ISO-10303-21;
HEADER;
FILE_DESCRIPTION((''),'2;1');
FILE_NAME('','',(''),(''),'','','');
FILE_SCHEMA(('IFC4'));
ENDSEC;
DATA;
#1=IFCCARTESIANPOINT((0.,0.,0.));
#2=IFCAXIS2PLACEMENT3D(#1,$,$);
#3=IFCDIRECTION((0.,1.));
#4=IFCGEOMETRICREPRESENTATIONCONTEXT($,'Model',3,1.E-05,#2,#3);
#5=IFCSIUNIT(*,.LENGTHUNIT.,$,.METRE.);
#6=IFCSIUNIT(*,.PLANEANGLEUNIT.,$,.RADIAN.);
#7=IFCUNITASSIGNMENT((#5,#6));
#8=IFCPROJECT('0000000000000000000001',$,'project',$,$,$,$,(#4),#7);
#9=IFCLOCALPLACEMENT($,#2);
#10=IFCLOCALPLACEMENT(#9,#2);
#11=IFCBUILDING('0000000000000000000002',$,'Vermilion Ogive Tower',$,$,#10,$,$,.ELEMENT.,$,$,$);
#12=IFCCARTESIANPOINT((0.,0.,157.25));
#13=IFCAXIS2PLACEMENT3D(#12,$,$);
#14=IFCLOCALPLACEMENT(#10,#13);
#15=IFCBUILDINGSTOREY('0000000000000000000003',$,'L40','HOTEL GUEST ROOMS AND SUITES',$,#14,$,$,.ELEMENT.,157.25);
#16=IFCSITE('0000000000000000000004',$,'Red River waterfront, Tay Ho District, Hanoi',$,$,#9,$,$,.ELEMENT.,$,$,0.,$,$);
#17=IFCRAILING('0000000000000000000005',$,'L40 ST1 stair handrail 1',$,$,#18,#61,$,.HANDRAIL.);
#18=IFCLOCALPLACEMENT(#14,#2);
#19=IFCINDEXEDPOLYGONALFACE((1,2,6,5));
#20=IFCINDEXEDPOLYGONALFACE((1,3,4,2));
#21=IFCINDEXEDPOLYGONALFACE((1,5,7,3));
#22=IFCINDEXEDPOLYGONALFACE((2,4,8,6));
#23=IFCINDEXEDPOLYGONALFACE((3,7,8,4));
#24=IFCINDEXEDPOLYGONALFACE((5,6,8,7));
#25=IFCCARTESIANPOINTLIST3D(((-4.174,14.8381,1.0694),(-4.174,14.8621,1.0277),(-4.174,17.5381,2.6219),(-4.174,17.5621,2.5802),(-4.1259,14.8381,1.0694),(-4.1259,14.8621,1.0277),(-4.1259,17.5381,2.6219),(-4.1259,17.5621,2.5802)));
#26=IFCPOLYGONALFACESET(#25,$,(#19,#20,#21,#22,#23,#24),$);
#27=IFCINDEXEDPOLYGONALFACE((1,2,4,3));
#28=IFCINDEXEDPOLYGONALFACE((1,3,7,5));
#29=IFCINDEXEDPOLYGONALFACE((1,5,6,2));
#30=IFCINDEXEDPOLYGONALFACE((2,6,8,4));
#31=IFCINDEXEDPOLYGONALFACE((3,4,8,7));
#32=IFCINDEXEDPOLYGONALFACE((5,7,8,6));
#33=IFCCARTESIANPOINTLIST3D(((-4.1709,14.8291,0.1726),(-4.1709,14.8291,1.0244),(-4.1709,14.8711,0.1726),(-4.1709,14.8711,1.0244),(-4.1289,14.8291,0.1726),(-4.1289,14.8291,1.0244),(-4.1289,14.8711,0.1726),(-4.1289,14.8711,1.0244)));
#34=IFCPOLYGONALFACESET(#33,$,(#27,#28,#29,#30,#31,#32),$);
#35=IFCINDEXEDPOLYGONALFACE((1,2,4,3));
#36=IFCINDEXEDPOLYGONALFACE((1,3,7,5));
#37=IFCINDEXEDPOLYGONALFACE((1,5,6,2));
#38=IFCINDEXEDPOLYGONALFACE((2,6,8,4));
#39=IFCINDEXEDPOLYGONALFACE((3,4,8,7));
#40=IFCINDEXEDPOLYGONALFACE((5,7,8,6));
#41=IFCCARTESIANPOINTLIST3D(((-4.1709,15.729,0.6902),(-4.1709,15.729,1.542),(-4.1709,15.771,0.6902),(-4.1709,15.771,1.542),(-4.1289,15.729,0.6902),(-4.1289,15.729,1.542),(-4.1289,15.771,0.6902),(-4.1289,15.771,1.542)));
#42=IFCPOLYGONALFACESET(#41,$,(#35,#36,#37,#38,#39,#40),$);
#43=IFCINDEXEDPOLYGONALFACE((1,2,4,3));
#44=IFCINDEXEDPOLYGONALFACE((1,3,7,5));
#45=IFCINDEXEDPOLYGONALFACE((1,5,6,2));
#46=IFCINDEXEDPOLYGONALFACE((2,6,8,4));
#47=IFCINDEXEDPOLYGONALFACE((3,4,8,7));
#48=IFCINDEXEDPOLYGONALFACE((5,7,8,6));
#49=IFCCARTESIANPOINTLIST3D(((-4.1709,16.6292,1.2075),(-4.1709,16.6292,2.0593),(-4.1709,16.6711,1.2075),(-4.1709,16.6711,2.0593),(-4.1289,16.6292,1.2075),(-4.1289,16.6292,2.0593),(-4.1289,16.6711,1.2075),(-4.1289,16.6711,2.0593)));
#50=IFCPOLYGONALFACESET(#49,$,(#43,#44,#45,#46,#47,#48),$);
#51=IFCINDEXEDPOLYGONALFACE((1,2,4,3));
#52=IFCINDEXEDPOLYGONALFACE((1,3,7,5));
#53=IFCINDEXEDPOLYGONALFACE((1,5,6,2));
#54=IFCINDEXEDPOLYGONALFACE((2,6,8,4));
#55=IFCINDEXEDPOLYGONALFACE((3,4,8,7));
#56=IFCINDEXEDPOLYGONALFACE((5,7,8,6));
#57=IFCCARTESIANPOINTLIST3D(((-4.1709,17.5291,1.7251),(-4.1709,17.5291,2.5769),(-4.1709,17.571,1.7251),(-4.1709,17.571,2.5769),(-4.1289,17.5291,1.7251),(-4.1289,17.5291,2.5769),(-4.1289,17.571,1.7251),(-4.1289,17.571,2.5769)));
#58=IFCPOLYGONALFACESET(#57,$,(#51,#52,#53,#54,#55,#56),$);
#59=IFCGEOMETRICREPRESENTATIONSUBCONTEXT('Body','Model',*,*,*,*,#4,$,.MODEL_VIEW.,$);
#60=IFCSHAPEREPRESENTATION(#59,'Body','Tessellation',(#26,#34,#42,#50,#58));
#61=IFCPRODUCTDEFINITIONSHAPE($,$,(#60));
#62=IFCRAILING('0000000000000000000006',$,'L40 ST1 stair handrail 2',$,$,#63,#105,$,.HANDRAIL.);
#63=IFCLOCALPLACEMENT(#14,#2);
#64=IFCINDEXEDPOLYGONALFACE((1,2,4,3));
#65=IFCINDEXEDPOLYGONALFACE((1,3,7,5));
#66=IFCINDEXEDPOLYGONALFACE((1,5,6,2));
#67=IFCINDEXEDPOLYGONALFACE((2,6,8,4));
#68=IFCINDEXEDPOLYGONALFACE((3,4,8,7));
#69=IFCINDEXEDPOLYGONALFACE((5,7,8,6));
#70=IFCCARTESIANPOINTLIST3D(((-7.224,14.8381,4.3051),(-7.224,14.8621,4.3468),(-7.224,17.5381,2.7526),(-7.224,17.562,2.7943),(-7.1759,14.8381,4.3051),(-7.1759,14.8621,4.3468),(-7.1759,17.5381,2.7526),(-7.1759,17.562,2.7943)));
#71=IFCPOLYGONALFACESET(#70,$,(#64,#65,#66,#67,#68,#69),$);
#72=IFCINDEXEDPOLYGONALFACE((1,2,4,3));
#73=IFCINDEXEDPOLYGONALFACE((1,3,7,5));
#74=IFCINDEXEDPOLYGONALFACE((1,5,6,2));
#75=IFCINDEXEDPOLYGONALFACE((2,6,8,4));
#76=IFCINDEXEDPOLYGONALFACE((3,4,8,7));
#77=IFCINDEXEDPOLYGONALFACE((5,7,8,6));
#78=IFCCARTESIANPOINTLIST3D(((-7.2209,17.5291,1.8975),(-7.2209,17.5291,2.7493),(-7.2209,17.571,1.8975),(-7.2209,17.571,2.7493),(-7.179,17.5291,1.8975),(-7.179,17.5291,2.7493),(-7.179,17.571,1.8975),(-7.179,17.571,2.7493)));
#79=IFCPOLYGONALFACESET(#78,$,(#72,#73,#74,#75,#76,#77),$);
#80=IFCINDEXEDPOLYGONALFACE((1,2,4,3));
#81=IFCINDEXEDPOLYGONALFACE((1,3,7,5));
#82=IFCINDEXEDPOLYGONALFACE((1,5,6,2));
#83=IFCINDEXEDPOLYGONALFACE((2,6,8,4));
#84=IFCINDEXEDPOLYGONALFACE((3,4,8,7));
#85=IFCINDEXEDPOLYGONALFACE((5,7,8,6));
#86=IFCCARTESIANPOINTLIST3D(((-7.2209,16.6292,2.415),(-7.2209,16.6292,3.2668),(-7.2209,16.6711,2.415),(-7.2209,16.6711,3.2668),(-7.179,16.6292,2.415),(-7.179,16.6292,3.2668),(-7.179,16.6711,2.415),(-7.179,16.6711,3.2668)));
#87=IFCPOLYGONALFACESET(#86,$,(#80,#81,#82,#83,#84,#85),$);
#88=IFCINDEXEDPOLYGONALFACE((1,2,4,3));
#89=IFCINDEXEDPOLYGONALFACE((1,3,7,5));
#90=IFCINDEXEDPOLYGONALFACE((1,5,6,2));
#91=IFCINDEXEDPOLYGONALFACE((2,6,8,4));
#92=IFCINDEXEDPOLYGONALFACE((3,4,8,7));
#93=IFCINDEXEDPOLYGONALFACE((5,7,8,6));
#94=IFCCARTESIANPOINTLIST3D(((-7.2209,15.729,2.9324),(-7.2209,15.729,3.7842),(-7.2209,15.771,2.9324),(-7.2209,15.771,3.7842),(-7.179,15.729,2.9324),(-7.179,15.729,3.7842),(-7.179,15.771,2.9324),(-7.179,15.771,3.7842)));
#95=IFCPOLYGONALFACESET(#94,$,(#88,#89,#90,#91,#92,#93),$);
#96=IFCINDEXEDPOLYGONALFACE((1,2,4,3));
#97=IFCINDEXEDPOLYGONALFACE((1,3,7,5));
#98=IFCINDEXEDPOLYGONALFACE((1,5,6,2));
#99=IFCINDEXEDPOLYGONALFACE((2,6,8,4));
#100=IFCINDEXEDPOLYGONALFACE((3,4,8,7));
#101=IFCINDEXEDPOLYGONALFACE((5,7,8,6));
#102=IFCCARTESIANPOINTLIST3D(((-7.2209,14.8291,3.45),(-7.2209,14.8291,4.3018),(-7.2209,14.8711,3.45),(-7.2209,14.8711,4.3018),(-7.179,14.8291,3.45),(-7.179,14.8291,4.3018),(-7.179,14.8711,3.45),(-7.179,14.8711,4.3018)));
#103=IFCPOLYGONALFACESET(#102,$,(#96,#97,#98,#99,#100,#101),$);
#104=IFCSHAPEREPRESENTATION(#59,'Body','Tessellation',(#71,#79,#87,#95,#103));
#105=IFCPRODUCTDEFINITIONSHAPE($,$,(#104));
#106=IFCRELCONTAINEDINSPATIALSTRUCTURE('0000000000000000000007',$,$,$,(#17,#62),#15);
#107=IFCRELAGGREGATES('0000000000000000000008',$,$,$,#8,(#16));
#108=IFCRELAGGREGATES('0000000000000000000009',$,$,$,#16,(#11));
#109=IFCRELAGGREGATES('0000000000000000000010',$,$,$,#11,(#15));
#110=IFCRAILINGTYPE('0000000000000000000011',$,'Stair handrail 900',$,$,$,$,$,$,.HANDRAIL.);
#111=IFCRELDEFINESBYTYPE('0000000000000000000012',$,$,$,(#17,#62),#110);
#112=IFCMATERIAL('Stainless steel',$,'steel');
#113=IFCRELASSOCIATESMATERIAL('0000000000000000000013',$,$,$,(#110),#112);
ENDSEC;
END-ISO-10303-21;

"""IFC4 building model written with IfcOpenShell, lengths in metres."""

from ifc_helpers import new_model, si_unit, direction, frame, origin, origin_2d, place, context, subcontext, project, spatial, rectangle, extrude, material, type_object, element, save


model = new_model("IFC4")

# Units and contexts
model_context = context("Model", 3, precision=1e-05, world=origin(), true_north=direction((0.0, 1.0)))
body_context = subcontext(model_context, "Body", "Model", "MODEL_VIEW")
ifc_project = project(units=[si_unit("LENGTHUNIT", "METRE"), si_unit("PLANEANGLEUNIT", "RADIAN")], contexts=[model_context])

# Site, building, storey
site_placement = place(None, origin())
site = spatial("IfcSite", under=ifc_project, at=site_placement, Name="Red River waterfront, Tay Ho District, Hanoi", CompositionType="ELEMENT", RefElevation=0.0)
building_placement = place(site_placement, origin())
building = spatial("IfcBuilding", under=site, at=building_placement, Name="Vermilion Ogive Tower", CompositionType="ELEMENT")
storey_placement = place(building_placement, frame((0.0, 0.0, 157.25)))
storey = spatial("IfcBuildingStorey", under=building, at=storey_placement, Name="L40", Description="HOTEL GUEST ROOMS AND SUITES", CompositionType="ELEMENT", Elevation=157.25)

# Railings
ifc_material_1 = material(Name="Stainless steel", Category="steel")
railing_type_1 = type_object("IfcRailingType", Name="Stair handrail 900", PredefinedType="HANDRAIL", material=ifc_material_1)
railing_1_placement = place(storey_placement, frame((-4.1499, 14.8501, 0.1726)))
element("IfcRailing", 1, at=railing_1_placement, inside=storey, type_object=railing_type_1, Name="L40 ST1 stair handrail 1", PredefinedType="HANDRAIL", context=body_context, shape_type="SweptSolid", body=[
    extrude(rectangle(XDim=0.0481, YDim=0.0481, at=origin_2d()), frame((0.0, 0.0, 0.876), z_axis=(0.0, 0.866904, 0.498476), x_axis=(-1.0, 0.0, 0.0)), (0.0, 0.0, 1.0), 3.1145),
    extrude(rectangle(XDim=0.042, YDim=0.042, at=origin_2d()), origin(), (0.0, 0.0, 1.0), 0.8518),
    extrude(rectangle(XDim=0.042, YDim=0.042, at=origin_2d()), frame((0.0, 0.8999, 0.5176)), (0.0, 0.0, 1.0), 0.8518),
    extrude(rectangle(XDim=0.042, YDim=0.042, at=origin_2d()), frame((0.0, 1.8, 1.0349)), (0.0, 0.0, 1.0), 0.8518),
    extrude(rectangle(XDim=0.042, YDim=0.042, at=origin_2d()), frame((0.0, 2.7, 1.5525)), (0.0, 0.0, 1.0), 0.8518),
])
railing_2_placement = place(storey_placement, frame((-7.2, 17.55, 1.8975)))
element("IfcRailing", 2, at=railing_2_placement, inside=storey, type_object=railing_type_1, Name="L40 ST1 stair handrail 2", PredefinedType="HANDRAIL", context=body_context, shape_type="SweptSolid", body=[
    extrude(rectangle(XDim=0.0481, YDim=0.0481, at=origin_2d()), frame((0.0, 0.0, 0.876), z_axis=(0.0, -0.866904, 0.498476), x_axis=(1.0, 0.0, 0.0)), (0.0, 0.0, 1.0), 3.1145),
    extrude(rectangle(XDim=0.042, YDim=0.042, at=origin_2d()), origin(), (0.0, 0.0, 1.0), 0.8518),
    extrude(rectangle(XDim=0.042, YDim=0.042, at=origin_2d()), frame((0.0, -0.8999, 0.5176)), (0.0, 0.0, 1.0), 0.8518),
    extrude(rectangle(XDim=0.042, YDim=0.042, at=origin_2d()), frame((0.0, -1.8, 1.0349)), (0.0, 0.0, 1.0), 0.8518),
    extrude(rectangle(XDim=0.042, YDim=0.042, at=origin_2d()), frame((0.0, -2.7, 1.5525)), (0.0, 0.0, 1.0), 0.8518),
])

save(model, "model.ifc")
